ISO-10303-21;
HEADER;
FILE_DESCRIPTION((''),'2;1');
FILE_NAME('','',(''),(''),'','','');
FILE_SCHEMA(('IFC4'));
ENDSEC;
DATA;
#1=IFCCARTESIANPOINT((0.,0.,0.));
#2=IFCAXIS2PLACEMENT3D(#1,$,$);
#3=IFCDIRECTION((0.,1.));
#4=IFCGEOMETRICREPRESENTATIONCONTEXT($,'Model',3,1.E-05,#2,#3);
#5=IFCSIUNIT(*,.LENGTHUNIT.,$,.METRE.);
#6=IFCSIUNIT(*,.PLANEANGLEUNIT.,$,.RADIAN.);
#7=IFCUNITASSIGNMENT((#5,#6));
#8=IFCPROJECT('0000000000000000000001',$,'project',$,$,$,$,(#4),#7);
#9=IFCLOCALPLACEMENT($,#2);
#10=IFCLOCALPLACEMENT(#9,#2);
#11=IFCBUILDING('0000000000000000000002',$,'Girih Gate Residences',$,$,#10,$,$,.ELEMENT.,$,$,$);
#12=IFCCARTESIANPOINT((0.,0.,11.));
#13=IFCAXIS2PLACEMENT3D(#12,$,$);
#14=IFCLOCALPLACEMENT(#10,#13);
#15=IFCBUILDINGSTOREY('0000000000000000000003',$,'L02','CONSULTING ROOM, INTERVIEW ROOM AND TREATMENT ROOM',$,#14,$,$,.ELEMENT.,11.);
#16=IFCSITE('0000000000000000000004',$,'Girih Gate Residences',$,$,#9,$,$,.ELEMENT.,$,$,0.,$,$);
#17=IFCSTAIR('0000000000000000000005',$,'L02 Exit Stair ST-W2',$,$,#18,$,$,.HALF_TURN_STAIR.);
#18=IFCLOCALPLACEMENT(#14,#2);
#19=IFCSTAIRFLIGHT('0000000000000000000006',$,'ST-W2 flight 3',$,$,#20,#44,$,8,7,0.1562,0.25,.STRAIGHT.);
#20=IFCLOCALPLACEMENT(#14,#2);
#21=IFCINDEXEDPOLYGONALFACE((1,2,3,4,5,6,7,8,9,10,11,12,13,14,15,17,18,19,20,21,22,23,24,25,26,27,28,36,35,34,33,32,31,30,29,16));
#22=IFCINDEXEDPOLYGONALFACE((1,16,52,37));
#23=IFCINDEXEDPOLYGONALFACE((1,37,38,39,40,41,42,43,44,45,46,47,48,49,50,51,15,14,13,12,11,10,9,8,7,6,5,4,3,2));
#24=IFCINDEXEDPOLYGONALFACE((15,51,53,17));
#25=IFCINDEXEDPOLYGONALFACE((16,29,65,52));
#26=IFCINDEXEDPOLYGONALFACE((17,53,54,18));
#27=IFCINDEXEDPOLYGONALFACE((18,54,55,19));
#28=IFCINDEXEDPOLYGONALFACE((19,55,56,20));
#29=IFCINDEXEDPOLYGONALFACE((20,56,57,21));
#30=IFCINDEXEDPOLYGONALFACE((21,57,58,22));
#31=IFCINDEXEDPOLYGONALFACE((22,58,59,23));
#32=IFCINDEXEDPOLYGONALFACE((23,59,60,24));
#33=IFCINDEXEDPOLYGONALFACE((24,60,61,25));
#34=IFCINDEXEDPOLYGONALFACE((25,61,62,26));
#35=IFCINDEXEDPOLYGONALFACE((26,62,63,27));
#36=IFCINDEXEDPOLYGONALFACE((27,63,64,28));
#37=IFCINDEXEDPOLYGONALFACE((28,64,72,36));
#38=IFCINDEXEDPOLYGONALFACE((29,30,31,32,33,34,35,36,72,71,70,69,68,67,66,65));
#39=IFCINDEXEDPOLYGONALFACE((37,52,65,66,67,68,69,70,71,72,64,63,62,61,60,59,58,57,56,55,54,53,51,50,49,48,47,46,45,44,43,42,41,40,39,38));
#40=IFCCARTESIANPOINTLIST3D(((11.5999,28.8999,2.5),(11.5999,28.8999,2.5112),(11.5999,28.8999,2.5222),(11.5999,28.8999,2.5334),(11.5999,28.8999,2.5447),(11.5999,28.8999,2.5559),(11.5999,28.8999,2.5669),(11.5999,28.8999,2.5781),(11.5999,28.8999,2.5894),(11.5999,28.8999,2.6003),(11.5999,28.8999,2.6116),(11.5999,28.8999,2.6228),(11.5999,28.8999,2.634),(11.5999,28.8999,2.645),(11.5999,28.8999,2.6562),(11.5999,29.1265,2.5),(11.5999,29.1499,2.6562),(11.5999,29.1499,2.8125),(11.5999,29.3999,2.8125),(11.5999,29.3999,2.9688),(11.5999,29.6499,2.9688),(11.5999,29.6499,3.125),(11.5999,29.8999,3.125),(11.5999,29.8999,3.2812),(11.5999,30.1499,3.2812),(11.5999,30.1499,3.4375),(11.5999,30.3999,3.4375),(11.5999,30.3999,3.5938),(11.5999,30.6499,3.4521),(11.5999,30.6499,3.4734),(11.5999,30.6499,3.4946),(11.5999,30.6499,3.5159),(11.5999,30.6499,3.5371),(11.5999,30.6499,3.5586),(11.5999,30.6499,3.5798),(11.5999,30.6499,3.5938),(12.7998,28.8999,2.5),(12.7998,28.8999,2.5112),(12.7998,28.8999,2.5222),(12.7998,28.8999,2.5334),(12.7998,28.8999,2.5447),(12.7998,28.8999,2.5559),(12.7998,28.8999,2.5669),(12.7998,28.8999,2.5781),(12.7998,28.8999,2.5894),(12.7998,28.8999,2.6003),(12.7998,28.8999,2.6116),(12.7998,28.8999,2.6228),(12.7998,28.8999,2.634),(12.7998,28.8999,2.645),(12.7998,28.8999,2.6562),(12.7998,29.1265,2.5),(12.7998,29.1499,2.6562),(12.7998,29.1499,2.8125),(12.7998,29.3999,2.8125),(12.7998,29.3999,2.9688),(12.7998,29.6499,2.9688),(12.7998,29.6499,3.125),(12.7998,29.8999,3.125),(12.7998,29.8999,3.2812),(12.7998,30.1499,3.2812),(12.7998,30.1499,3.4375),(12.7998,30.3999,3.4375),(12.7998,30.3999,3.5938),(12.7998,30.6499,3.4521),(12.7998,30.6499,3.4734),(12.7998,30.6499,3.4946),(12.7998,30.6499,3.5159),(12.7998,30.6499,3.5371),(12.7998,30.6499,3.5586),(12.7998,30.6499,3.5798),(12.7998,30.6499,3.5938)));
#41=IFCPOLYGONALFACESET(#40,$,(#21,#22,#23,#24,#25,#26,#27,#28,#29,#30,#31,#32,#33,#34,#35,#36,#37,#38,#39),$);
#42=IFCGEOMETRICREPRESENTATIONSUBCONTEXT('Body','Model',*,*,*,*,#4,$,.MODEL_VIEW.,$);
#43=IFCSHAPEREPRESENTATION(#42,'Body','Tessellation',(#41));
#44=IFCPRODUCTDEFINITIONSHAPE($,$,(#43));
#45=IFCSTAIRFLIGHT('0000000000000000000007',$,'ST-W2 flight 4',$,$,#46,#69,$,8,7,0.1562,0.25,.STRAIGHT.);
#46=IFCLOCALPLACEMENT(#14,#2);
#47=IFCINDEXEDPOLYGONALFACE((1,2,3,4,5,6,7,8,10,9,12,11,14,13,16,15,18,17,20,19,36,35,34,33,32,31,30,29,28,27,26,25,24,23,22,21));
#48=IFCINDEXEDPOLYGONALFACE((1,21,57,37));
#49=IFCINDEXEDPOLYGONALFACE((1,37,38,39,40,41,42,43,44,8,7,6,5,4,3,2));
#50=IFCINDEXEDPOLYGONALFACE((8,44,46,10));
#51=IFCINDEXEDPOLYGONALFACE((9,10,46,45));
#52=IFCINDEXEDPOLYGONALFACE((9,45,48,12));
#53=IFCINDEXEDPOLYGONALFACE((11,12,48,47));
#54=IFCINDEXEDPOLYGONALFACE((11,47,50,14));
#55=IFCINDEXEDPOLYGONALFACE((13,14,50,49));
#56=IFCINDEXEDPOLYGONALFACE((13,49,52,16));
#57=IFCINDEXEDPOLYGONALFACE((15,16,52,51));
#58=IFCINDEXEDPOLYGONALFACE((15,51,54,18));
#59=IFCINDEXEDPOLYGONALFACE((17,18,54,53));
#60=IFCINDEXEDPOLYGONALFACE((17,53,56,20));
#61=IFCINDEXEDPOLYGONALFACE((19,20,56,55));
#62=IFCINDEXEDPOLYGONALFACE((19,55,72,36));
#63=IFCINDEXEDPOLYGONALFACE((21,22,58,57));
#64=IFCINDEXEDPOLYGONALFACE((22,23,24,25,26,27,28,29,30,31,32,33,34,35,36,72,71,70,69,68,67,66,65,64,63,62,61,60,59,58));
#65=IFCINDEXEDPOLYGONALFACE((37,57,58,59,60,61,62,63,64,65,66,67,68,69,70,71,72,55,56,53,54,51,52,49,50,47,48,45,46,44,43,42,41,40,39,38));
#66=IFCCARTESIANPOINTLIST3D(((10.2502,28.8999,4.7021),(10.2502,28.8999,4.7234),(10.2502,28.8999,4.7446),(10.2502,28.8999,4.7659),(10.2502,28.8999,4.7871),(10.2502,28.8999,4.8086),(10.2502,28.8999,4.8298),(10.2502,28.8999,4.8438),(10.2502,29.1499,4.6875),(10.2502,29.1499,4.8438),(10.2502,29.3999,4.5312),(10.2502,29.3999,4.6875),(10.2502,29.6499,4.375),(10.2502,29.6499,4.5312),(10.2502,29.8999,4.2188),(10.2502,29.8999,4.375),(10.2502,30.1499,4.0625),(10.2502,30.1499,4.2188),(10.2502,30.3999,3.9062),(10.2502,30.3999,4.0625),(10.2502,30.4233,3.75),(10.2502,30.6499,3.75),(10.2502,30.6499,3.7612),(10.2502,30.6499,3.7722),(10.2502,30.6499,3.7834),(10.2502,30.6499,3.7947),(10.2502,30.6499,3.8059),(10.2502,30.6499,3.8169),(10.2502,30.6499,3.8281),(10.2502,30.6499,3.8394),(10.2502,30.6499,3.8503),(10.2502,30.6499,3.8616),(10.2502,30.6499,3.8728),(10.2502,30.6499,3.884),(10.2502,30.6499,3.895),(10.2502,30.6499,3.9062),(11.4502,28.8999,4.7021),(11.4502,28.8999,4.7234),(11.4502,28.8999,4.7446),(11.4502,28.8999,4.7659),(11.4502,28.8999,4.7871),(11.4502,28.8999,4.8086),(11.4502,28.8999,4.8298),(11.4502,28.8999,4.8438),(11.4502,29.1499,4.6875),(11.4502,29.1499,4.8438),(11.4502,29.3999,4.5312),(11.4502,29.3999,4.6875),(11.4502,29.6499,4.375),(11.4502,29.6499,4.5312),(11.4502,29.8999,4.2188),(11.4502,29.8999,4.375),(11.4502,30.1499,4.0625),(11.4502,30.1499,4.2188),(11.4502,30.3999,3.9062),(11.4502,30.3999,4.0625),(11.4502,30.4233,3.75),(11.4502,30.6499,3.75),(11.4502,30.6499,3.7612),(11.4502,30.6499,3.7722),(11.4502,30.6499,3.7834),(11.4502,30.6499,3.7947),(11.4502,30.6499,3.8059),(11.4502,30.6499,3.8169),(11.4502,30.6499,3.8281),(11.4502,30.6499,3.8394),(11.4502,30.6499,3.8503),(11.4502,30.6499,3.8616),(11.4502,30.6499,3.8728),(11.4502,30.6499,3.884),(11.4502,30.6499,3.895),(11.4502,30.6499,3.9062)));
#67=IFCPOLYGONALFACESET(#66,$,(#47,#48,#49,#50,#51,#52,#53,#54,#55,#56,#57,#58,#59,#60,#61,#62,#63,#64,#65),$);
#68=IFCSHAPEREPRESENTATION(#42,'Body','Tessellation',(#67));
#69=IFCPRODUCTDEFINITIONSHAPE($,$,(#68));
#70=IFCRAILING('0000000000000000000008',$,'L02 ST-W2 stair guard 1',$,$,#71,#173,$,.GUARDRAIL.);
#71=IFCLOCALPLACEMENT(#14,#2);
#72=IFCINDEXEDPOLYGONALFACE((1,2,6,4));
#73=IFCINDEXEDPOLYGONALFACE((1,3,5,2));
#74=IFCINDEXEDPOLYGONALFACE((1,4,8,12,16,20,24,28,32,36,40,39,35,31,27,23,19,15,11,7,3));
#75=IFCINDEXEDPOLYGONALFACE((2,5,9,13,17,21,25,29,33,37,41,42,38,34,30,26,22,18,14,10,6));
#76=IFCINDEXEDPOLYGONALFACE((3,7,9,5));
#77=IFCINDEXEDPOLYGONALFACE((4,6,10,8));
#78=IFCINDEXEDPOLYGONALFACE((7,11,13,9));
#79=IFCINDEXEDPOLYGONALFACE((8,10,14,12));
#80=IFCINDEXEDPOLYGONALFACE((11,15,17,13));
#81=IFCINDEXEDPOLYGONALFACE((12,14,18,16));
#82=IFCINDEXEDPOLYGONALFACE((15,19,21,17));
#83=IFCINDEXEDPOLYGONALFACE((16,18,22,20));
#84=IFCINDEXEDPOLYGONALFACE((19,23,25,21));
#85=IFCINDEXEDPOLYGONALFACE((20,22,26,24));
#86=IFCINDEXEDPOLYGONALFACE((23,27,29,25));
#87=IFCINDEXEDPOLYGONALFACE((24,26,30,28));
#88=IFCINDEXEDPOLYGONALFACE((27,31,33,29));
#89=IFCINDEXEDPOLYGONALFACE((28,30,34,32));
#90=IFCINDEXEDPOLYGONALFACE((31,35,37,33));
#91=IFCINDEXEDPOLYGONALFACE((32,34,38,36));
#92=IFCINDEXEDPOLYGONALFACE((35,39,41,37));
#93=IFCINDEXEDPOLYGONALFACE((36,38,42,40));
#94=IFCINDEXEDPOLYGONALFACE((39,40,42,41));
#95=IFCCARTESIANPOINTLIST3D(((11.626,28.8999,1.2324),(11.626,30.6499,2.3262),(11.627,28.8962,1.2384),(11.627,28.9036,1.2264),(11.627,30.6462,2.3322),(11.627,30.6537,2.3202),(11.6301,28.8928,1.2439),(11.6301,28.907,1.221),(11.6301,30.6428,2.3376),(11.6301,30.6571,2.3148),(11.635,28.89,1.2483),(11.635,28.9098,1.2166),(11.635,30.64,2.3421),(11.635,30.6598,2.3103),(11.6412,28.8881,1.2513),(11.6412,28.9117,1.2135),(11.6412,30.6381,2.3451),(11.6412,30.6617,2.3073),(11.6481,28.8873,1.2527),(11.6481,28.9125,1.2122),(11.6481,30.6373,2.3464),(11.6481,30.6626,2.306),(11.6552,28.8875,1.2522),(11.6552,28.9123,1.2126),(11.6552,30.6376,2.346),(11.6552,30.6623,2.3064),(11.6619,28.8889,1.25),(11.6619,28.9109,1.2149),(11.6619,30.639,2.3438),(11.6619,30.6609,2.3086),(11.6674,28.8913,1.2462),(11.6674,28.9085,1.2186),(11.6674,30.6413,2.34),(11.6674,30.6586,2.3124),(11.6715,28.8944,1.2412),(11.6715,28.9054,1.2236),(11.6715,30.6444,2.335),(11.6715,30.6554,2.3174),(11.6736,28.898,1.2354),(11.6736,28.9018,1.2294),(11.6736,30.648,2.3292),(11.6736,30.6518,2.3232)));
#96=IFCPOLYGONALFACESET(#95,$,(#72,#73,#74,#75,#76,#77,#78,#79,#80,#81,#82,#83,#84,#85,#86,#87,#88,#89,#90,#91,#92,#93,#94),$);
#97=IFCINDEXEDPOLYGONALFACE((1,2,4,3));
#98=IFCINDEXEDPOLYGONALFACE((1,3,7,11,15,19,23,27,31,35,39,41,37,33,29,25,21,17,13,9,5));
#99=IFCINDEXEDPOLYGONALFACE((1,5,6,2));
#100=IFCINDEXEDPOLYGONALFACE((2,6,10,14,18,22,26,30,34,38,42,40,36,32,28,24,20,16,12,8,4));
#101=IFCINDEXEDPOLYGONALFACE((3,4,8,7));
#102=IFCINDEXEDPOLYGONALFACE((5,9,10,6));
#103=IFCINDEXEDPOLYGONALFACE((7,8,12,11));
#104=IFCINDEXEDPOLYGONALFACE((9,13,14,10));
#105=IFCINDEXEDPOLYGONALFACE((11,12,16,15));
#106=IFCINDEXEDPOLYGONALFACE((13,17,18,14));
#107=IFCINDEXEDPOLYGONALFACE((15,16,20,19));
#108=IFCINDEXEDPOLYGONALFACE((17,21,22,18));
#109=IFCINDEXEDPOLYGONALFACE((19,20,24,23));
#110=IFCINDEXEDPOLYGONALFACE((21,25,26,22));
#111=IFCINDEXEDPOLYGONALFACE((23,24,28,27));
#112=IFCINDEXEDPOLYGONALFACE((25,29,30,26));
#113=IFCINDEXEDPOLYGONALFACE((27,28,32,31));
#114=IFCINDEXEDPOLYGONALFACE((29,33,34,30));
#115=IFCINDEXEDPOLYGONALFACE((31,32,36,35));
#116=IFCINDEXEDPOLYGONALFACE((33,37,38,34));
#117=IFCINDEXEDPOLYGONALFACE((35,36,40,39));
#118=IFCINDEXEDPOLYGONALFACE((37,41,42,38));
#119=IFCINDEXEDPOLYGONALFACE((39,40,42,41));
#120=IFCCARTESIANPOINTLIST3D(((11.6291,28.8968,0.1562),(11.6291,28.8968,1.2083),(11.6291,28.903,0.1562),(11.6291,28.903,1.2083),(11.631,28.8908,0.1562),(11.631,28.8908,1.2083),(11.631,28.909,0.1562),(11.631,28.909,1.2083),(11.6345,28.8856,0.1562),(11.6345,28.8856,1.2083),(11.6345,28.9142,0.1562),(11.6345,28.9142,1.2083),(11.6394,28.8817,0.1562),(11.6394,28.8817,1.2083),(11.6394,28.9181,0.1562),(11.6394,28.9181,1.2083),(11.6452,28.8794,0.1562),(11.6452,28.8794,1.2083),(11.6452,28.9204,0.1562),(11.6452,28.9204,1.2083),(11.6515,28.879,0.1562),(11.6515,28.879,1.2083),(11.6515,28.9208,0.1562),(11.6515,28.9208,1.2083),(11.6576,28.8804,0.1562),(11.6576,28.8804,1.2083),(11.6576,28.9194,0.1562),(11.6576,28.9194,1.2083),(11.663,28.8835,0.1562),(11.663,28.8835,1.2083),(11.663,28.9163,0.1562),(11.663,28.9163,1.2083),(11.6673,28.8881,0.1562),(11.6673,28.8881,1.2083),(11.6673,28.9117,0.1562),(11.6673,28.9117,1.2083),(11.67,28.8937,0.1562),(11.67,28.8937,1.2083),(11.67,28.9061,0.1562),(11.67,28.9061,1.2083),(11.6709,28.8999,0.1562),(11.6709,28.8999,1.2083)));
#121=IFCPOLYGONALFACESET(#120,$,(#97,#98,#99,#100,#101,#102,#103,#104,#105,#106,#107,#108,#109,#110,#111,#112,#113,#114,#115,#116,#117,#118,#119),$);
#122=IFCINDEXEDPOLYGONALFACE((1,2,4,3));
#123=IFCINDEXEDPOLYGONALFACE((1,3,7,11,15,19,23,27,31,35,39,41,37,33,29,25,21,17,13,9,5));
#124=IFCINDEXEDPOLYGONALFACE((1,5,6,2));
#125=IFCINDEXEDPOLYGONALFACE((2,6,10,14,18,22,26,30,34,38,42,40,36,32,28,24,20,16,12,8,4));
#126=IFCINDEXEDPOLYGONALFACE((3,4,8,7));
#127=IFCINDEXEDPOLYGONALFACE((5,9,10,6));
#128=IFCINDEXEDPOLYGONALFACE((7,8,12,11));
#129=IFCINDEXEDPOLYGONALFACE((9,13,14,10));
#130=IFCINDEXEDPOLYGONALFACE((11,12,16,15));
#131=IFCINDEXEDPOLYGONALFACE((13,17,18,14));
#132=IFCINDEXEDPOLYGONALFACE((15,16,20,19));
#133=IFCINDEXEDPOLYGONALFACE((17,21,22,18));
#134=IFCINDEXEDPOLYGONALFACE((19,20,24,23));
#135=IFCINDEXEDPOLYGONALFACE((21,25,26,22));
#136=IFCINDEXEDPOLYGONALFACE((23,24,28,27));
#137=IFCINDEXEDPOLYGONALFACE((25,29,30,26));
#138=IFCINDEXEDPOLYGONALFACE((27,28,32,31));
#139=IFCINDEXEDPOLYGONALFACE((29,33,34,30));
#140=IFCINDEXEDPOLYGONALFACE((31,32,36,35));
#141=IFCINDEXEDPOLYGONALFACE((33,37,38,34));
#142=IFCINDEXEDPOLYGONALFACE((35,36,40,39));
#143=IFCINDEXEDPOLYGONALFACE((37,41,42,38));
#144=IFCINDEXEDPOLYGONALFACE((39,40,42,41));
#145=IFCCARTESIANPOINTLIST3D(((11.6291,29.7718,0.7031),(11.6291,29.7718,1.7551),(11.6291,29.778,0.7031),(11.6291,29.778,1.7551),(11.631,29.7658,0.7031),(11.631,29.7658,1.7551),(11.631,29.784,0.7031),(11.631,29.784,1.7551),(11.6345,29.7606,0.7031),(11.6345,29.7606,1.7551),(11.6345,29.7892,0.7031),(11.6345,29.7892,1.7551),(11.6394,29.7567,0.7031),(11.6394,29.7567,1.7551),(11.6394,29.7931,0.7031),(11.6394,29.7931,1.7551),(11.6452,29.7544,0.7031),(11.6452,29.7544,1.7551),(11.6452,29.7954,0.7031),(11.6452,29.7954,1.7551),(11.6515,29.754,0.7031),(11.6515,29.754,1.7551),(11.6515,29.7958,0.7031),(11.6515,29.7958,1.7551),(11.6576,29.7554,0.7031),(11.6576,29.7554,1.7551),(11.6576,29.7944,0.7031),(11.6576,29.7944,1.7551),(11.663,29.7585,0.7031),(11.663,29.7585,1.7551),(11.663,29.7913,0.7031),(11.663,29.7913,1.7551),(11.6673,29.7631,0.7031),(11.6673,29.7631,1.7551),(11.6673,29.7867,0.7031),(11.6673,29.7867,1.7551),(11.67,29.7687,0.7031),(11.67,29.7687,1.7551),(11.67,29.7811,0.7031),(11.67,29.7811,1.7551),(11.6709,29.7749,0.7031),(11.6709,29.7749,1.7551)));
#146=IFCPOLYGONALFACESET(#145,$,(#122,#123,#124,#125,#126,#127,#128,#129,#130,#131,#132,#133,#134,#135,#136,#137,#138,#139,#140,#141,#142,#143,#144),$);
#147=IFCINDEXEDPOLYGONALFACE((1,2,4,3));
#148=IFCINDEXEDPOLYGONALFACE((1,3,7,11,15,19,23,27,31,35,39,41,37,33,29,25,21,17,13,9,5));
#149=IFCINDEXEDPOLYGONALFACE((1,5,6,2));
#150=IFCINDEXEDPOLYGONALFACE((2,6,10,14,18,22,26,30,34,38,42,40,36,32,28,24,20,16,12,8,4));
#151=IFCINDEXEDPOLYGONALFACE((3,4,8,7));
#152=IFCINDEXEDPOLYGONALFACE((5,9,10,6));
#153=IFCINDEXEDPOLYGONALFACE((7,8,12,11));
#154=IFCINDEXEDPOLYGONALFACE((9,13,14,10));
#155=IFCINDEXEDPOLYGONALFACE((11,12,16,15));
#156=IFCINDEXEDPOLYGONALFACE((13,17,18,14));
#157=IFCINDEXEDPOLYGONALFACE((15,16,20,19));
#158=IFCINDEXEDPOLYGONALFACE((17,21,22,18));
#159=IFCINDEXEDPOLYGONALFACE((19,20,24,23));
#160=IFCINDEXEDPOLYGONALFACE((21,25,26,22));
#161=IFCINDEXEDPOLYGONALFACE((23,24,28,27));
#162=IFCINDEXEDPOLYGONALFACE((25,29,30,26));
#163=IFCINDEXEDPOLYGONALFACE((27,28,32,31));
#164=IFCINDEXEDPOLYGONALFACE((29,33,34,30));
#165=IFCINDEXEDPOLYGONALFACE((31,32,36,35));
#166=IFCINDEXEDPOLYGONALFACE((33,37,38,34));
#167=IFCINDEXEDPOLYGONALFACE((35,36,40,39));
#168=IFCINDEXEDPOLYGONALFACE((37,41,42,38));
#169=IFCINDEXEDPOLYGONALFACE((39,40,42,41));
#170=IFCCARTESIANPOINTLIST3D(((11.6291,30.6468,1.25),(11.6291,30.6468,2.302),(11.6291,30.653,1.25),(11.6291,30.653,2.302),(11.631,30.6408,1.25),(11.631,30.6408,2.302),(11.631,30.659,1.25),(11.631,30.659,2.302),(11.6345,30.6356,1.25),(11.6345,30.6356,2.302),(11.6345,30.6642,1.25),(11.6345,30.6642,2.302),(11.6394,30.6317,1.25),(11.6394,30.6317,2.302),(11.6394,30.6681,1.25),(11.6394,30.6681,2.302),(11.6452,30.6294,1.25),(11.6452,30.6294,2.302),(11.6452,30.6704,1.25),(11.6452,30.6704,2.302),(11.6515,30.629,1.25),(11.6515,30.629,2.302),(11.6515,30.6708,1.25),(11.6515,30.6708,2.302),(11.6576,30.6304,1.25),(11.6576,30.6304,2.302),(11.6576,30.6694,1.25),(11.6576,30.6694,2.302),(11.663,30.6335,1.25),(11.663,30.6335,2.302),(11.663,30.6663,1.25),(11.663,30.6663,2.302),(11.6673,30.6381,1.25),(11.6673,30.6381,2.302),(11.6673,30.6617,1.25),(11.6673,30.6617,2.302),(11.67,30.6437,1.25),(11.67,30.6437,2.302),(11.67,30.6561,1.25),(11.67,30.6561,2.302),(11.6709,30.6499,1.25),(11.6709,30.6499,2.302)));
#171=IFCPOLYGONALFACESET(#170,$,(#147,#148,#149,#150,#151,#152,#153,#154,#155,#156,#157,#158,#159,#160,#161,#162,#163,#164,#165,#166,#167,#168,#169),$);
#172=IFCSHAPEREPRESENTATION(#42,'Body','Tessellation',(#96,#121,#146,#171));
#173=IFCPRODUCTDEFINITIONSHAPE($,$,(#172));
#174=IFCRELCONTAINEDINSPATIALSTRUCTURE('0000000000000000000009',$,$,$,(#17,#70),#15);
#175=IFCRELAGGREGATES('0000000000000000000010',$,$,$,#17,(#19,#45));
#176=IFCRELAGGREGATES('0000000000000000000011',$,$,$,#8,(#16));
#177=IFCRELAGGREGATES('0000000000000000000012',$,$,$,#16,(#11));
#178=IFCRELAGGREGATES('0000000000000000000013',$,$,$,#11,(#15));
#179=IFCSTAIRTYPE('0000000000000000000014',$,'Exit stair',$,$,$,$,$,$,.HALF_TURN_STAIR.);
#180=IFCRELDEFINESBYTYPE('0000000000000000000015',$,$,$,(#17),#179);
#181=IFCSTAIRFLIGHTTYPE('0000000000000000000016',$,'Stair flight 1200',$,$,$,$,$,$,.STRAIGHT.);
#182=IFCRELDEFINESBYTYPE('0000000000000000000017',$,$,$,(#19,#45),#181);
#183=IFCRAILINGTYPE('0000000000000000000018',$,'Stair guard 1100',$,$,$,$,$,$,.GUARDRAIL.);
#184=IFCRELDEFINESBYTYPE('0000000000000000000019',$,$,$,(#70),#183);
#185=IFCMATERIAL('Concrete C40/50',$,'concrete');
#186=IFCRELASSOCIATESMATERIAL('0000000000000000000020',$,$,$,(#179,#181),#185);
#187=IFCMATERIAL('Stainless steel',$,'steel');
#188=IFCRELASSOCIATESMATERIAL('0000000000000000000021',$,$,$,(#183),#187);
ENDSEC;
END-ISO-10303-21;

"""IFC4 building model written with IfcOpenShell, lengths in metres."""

from ifc_helpers import new_model, si_unit, direction, frame, origin, origin_2d, place, context, subcontext, project, spatial, polyline, circle, outline, extrude, material, type_object, element, aggregate, save


model = new_model("IFC4")

# Units and contexts
model_context = context("Model", 3, precision=1e-05, world=origin(), true_north=direction((0.0, 1.0)))
body_context = subcontext(model_context, "Body", "Model", "MODEL_VIEW")
ifc_project = project(units=[si_unit("LENGTHUNIT", "METRE"), si_unit("PLANEANGLEUNIT", "RADIAN")], contexts=[model_context])

# Site, building, storey
site_placement = place(None, origin())
site = spatial("IfcSite", under=ifc_project, at=site_placement, Name="Girih Gate Residences", CompositionType="ELEMENT", RefElevation=0.0)
building_placement = place(site_placement, origin())
building = spatial("IfcBuilding", under=site, at=building_placement, Name="Girih Gate Residences", CompositionType="ELEMENT")
storey_placement = place(building_placement, frame((0.0, 0.0, 11.0)))
storey = spatial("IfcBuildingStorey", under=building, at=storey_placement, Name="L02", Description="CONSULTING ROOM, INTERVIEW ROOM AND TREATMENT ROOM", CompositionType="ELEMENT", Elevation=11.0)

# Stair, stair flights
ifc_material_1 = material(Name="Concrete C40/50", Category="concrete")
stair_type = type_object("IfcStairType", Name="Exit stair", PredefinedType="HALF_TURN_STAIR", material=ifc_material_1)
stair_placement = place(storey_placement, origin())
stair = element("IfcStair", 1, at=stair_placement, inside=storey, type_object=stair_type, Name="L02 Exit Stair ST-W2", PredefinedType="HALF_TURN_STAIR")
stair_flight_type = type_object("IfcStairFlightType", Name="Stair flight 1200", PredefinedType="STRAIGHT", material=ifc_material_1)
stair_flight_1_placement = place(storey_placement, frame((12.2, 28.8999, 2.5), z_axis=(0.0, 0.0, 1.0), x_axis=(0.0, 1.0, 0.0)))
stair_flight_1 = element("IfcStairFlight", 2, at=stair_flight_1_placement, type_object=stair_flight_type, Name="ST-W2 flight 3", NumberOfRisers=8, NumberOfTreads=7, PredefinedType="STRAIGHT", RiserHeight=0.1562, TreadLength=0.25, context=body_context, shape_type="SweptSolid", body=[
    extrude(outline(polyline([(0.0, 0.0), (0.0, 0.0112), (0.0, 0.0222), (0.0, 0.0334), (0.0, 0.0447), (0.0, 0.0559), (0.0, 0.0669), (0.0, 0.0781), (0.0, 0.0894), (0.0, 0.1003), (0.0, 0.1116), (0.0, 0.1228), (0.0, 0.134), (0.0, 0.145), (0.0, 0.1562), (0.25, 0.1562), (0.25, 0.3125), (0.5, 0.3125), (0.5, 0.4688), (0.75, 0.4688), (0.75, 0.625), (1.0, 0.625), (1.0, 0.7812), (1.25, 0.7812), (1.25, 0.9375), (1.5, 0.9375), (1.5, 1.0938), (1.75, 1.0938), (1.75, 1.105), (1.75, 1.116), (1.75, 1.1272), (1.75, 1.1384), (1.75, 1.1497), (1.75, 1.1606), (1.75, 1.1719), (1.75, 1.1831), (1.75, 1.1941), (1.75, 1.2053), (1.75, 1.2166), (1.75, 1.2278), (1.75, 1.2388), (1.75, 1.25), (1.75, 1.2288), (1.75, 1.2075), (1.75, 1.1863), (1.75, 1.1648), (1.75, 1.1436), (1.75, 1.1223), (1.75, 1.1011), (1.75, 1.0798), (1.75, 1.0586), (1.75, 1.0371), (1.75, 1.0159), (1.75, 0.9946), (1.75, 0.9734), (1.75, 0.9521), (0.2266, 0.0), (0.0, 0.0)])), frame((0.0, 0.6001, 0.0), z_axis=(0.0, -1.0, 0.0), x_axis=(1.0, 0.0, 0.0)), (0.0, 0.0, 1.0), 1.2),
])
stair_flight_2_placement = place(storey_placement, frame((10.8501, 30.6499, 3.75), z_axis=(0.0, 0.0, 1.0), x_axis=(0.0, -1.0, 0.0)))
stair_flight_2 = element("IfcStairFlight", 3, at=stair_flight_2_placement, type_object=stair_flight_type, Name="ST-W2 flight 4", NumberOfRisers=8, NumberOfTreads=7, PredefinedType="STRAIGHT", RiserHeight=0.1562, TreadLength=0.25, context=body_context, shape_type="SweptSolid", body=[
    extrude(outline(polyline([(0.0, 0.0), (0.0, 0.0112), (0.0, 0.0222), (0.0, 0.0334), (0.0, 0.0447), (0.0, 0.0559), (0.0, 0.0669), (0.0, 0.0781), (0.0, 0.0894), (0.0, 0.1003), (0.0, 0.1116), (0.0, 0.1228), (0.0, 0.134), (0.0, 0.145), (0.0, 0.1562), (0.25, 0.1562), (0.25, 0.3125), (0.5, 0.3125), (0.5, 0.4688), (0.75, 0.4688), (0.75, 0.625), (1.0, 0.625), (1.0, 0.7812), (1.25, 0.7812), (1.25, 0.9375), (1.5, 0.9375), (1.5, 1.0938), (1.75, 1.0938), (1.75, 1.105), (1.75, 1.116), (1.75, 1.1272), (1.75, 1.1384), (1.75, 1.1497), (1.75, 1.1606), (1.75, 1.1719), (1.75, 1.1831), (1.75, 1.1941), (1.75, 1.2053), (1.75, 1.2166), (1.75, 1.2278), (1.75, 1.2388), (1.75, 1.25), (1.75, 1.2288), (1.75, 1.2075), (1.75, 1.1863), (1.75, 1.1648), (1.75, 1.1436), (1.75, 1.1223), (1.75, 1.1011), (1.75, 1.0798), (1.75, 1.0586), (1.75, 1.0371), (1.75, 1.0159), (1.75, 0.9946), (1.75, 0.9734), (1.75, 0.9521), (0.2266, 0.0), (0.0, 0.0)])), frame((0.0, 0.6001, 0.0), z_axis=(0.0, -1.0, 0.0), x_axis=(1.0, 0.0, 0.0)), (0.0, 0.0, 1.0), 1.2),
])
aggregate(stair, [stair_flight_1, stair_flight_2])

# Railing
ifc_material_2 = material(Name="Stainless steel", Category="steel")
railing_type_1 = type_object("IfcRailingType", Name="Stair guard 1100", PredefinedType="GUARDRAIL", material=ifc_material_2)
railing_1_placement = place(storey_placement, frame((11.6499, 28.8999, 0.1562)))
element("IfcRailing", 4, at=railing_1_placement, inside=storey, type_object=railing_type_1, Name="L02 ST-W2 stair guard 1", PredefinedType="GUARDRAIL", context=body_context, shape_type="SweptSolid", body=[
    extrude(circle(Radius=0.0239, at=origin_2d()), frame((0.0, 0.0, 1.0762), z_axis=(0.0, 0.847998, 0.529999), x_axis=(-1.0, 0.0, 0.0)), (0.0, 0.0, 1.0), 2.0637),
    extrude(circle(Radius=0.021, at=origin_2d()), origin(), (0.0, 0.0, 1.0), 1.052),
    extrude(circle(Radius=0.021, at=origin_2d()), frame((0.0, 0.875, 0.5469)), (0.0, 0.0, 1.0), 1.052),
    extrude(circle(Radius=0.021, at=origin_2d()), frame((0.0, 1.75, 1.0938)), (0.0, 0.0, 1.0), 1.052),
])

save(model, "model.ifc")
